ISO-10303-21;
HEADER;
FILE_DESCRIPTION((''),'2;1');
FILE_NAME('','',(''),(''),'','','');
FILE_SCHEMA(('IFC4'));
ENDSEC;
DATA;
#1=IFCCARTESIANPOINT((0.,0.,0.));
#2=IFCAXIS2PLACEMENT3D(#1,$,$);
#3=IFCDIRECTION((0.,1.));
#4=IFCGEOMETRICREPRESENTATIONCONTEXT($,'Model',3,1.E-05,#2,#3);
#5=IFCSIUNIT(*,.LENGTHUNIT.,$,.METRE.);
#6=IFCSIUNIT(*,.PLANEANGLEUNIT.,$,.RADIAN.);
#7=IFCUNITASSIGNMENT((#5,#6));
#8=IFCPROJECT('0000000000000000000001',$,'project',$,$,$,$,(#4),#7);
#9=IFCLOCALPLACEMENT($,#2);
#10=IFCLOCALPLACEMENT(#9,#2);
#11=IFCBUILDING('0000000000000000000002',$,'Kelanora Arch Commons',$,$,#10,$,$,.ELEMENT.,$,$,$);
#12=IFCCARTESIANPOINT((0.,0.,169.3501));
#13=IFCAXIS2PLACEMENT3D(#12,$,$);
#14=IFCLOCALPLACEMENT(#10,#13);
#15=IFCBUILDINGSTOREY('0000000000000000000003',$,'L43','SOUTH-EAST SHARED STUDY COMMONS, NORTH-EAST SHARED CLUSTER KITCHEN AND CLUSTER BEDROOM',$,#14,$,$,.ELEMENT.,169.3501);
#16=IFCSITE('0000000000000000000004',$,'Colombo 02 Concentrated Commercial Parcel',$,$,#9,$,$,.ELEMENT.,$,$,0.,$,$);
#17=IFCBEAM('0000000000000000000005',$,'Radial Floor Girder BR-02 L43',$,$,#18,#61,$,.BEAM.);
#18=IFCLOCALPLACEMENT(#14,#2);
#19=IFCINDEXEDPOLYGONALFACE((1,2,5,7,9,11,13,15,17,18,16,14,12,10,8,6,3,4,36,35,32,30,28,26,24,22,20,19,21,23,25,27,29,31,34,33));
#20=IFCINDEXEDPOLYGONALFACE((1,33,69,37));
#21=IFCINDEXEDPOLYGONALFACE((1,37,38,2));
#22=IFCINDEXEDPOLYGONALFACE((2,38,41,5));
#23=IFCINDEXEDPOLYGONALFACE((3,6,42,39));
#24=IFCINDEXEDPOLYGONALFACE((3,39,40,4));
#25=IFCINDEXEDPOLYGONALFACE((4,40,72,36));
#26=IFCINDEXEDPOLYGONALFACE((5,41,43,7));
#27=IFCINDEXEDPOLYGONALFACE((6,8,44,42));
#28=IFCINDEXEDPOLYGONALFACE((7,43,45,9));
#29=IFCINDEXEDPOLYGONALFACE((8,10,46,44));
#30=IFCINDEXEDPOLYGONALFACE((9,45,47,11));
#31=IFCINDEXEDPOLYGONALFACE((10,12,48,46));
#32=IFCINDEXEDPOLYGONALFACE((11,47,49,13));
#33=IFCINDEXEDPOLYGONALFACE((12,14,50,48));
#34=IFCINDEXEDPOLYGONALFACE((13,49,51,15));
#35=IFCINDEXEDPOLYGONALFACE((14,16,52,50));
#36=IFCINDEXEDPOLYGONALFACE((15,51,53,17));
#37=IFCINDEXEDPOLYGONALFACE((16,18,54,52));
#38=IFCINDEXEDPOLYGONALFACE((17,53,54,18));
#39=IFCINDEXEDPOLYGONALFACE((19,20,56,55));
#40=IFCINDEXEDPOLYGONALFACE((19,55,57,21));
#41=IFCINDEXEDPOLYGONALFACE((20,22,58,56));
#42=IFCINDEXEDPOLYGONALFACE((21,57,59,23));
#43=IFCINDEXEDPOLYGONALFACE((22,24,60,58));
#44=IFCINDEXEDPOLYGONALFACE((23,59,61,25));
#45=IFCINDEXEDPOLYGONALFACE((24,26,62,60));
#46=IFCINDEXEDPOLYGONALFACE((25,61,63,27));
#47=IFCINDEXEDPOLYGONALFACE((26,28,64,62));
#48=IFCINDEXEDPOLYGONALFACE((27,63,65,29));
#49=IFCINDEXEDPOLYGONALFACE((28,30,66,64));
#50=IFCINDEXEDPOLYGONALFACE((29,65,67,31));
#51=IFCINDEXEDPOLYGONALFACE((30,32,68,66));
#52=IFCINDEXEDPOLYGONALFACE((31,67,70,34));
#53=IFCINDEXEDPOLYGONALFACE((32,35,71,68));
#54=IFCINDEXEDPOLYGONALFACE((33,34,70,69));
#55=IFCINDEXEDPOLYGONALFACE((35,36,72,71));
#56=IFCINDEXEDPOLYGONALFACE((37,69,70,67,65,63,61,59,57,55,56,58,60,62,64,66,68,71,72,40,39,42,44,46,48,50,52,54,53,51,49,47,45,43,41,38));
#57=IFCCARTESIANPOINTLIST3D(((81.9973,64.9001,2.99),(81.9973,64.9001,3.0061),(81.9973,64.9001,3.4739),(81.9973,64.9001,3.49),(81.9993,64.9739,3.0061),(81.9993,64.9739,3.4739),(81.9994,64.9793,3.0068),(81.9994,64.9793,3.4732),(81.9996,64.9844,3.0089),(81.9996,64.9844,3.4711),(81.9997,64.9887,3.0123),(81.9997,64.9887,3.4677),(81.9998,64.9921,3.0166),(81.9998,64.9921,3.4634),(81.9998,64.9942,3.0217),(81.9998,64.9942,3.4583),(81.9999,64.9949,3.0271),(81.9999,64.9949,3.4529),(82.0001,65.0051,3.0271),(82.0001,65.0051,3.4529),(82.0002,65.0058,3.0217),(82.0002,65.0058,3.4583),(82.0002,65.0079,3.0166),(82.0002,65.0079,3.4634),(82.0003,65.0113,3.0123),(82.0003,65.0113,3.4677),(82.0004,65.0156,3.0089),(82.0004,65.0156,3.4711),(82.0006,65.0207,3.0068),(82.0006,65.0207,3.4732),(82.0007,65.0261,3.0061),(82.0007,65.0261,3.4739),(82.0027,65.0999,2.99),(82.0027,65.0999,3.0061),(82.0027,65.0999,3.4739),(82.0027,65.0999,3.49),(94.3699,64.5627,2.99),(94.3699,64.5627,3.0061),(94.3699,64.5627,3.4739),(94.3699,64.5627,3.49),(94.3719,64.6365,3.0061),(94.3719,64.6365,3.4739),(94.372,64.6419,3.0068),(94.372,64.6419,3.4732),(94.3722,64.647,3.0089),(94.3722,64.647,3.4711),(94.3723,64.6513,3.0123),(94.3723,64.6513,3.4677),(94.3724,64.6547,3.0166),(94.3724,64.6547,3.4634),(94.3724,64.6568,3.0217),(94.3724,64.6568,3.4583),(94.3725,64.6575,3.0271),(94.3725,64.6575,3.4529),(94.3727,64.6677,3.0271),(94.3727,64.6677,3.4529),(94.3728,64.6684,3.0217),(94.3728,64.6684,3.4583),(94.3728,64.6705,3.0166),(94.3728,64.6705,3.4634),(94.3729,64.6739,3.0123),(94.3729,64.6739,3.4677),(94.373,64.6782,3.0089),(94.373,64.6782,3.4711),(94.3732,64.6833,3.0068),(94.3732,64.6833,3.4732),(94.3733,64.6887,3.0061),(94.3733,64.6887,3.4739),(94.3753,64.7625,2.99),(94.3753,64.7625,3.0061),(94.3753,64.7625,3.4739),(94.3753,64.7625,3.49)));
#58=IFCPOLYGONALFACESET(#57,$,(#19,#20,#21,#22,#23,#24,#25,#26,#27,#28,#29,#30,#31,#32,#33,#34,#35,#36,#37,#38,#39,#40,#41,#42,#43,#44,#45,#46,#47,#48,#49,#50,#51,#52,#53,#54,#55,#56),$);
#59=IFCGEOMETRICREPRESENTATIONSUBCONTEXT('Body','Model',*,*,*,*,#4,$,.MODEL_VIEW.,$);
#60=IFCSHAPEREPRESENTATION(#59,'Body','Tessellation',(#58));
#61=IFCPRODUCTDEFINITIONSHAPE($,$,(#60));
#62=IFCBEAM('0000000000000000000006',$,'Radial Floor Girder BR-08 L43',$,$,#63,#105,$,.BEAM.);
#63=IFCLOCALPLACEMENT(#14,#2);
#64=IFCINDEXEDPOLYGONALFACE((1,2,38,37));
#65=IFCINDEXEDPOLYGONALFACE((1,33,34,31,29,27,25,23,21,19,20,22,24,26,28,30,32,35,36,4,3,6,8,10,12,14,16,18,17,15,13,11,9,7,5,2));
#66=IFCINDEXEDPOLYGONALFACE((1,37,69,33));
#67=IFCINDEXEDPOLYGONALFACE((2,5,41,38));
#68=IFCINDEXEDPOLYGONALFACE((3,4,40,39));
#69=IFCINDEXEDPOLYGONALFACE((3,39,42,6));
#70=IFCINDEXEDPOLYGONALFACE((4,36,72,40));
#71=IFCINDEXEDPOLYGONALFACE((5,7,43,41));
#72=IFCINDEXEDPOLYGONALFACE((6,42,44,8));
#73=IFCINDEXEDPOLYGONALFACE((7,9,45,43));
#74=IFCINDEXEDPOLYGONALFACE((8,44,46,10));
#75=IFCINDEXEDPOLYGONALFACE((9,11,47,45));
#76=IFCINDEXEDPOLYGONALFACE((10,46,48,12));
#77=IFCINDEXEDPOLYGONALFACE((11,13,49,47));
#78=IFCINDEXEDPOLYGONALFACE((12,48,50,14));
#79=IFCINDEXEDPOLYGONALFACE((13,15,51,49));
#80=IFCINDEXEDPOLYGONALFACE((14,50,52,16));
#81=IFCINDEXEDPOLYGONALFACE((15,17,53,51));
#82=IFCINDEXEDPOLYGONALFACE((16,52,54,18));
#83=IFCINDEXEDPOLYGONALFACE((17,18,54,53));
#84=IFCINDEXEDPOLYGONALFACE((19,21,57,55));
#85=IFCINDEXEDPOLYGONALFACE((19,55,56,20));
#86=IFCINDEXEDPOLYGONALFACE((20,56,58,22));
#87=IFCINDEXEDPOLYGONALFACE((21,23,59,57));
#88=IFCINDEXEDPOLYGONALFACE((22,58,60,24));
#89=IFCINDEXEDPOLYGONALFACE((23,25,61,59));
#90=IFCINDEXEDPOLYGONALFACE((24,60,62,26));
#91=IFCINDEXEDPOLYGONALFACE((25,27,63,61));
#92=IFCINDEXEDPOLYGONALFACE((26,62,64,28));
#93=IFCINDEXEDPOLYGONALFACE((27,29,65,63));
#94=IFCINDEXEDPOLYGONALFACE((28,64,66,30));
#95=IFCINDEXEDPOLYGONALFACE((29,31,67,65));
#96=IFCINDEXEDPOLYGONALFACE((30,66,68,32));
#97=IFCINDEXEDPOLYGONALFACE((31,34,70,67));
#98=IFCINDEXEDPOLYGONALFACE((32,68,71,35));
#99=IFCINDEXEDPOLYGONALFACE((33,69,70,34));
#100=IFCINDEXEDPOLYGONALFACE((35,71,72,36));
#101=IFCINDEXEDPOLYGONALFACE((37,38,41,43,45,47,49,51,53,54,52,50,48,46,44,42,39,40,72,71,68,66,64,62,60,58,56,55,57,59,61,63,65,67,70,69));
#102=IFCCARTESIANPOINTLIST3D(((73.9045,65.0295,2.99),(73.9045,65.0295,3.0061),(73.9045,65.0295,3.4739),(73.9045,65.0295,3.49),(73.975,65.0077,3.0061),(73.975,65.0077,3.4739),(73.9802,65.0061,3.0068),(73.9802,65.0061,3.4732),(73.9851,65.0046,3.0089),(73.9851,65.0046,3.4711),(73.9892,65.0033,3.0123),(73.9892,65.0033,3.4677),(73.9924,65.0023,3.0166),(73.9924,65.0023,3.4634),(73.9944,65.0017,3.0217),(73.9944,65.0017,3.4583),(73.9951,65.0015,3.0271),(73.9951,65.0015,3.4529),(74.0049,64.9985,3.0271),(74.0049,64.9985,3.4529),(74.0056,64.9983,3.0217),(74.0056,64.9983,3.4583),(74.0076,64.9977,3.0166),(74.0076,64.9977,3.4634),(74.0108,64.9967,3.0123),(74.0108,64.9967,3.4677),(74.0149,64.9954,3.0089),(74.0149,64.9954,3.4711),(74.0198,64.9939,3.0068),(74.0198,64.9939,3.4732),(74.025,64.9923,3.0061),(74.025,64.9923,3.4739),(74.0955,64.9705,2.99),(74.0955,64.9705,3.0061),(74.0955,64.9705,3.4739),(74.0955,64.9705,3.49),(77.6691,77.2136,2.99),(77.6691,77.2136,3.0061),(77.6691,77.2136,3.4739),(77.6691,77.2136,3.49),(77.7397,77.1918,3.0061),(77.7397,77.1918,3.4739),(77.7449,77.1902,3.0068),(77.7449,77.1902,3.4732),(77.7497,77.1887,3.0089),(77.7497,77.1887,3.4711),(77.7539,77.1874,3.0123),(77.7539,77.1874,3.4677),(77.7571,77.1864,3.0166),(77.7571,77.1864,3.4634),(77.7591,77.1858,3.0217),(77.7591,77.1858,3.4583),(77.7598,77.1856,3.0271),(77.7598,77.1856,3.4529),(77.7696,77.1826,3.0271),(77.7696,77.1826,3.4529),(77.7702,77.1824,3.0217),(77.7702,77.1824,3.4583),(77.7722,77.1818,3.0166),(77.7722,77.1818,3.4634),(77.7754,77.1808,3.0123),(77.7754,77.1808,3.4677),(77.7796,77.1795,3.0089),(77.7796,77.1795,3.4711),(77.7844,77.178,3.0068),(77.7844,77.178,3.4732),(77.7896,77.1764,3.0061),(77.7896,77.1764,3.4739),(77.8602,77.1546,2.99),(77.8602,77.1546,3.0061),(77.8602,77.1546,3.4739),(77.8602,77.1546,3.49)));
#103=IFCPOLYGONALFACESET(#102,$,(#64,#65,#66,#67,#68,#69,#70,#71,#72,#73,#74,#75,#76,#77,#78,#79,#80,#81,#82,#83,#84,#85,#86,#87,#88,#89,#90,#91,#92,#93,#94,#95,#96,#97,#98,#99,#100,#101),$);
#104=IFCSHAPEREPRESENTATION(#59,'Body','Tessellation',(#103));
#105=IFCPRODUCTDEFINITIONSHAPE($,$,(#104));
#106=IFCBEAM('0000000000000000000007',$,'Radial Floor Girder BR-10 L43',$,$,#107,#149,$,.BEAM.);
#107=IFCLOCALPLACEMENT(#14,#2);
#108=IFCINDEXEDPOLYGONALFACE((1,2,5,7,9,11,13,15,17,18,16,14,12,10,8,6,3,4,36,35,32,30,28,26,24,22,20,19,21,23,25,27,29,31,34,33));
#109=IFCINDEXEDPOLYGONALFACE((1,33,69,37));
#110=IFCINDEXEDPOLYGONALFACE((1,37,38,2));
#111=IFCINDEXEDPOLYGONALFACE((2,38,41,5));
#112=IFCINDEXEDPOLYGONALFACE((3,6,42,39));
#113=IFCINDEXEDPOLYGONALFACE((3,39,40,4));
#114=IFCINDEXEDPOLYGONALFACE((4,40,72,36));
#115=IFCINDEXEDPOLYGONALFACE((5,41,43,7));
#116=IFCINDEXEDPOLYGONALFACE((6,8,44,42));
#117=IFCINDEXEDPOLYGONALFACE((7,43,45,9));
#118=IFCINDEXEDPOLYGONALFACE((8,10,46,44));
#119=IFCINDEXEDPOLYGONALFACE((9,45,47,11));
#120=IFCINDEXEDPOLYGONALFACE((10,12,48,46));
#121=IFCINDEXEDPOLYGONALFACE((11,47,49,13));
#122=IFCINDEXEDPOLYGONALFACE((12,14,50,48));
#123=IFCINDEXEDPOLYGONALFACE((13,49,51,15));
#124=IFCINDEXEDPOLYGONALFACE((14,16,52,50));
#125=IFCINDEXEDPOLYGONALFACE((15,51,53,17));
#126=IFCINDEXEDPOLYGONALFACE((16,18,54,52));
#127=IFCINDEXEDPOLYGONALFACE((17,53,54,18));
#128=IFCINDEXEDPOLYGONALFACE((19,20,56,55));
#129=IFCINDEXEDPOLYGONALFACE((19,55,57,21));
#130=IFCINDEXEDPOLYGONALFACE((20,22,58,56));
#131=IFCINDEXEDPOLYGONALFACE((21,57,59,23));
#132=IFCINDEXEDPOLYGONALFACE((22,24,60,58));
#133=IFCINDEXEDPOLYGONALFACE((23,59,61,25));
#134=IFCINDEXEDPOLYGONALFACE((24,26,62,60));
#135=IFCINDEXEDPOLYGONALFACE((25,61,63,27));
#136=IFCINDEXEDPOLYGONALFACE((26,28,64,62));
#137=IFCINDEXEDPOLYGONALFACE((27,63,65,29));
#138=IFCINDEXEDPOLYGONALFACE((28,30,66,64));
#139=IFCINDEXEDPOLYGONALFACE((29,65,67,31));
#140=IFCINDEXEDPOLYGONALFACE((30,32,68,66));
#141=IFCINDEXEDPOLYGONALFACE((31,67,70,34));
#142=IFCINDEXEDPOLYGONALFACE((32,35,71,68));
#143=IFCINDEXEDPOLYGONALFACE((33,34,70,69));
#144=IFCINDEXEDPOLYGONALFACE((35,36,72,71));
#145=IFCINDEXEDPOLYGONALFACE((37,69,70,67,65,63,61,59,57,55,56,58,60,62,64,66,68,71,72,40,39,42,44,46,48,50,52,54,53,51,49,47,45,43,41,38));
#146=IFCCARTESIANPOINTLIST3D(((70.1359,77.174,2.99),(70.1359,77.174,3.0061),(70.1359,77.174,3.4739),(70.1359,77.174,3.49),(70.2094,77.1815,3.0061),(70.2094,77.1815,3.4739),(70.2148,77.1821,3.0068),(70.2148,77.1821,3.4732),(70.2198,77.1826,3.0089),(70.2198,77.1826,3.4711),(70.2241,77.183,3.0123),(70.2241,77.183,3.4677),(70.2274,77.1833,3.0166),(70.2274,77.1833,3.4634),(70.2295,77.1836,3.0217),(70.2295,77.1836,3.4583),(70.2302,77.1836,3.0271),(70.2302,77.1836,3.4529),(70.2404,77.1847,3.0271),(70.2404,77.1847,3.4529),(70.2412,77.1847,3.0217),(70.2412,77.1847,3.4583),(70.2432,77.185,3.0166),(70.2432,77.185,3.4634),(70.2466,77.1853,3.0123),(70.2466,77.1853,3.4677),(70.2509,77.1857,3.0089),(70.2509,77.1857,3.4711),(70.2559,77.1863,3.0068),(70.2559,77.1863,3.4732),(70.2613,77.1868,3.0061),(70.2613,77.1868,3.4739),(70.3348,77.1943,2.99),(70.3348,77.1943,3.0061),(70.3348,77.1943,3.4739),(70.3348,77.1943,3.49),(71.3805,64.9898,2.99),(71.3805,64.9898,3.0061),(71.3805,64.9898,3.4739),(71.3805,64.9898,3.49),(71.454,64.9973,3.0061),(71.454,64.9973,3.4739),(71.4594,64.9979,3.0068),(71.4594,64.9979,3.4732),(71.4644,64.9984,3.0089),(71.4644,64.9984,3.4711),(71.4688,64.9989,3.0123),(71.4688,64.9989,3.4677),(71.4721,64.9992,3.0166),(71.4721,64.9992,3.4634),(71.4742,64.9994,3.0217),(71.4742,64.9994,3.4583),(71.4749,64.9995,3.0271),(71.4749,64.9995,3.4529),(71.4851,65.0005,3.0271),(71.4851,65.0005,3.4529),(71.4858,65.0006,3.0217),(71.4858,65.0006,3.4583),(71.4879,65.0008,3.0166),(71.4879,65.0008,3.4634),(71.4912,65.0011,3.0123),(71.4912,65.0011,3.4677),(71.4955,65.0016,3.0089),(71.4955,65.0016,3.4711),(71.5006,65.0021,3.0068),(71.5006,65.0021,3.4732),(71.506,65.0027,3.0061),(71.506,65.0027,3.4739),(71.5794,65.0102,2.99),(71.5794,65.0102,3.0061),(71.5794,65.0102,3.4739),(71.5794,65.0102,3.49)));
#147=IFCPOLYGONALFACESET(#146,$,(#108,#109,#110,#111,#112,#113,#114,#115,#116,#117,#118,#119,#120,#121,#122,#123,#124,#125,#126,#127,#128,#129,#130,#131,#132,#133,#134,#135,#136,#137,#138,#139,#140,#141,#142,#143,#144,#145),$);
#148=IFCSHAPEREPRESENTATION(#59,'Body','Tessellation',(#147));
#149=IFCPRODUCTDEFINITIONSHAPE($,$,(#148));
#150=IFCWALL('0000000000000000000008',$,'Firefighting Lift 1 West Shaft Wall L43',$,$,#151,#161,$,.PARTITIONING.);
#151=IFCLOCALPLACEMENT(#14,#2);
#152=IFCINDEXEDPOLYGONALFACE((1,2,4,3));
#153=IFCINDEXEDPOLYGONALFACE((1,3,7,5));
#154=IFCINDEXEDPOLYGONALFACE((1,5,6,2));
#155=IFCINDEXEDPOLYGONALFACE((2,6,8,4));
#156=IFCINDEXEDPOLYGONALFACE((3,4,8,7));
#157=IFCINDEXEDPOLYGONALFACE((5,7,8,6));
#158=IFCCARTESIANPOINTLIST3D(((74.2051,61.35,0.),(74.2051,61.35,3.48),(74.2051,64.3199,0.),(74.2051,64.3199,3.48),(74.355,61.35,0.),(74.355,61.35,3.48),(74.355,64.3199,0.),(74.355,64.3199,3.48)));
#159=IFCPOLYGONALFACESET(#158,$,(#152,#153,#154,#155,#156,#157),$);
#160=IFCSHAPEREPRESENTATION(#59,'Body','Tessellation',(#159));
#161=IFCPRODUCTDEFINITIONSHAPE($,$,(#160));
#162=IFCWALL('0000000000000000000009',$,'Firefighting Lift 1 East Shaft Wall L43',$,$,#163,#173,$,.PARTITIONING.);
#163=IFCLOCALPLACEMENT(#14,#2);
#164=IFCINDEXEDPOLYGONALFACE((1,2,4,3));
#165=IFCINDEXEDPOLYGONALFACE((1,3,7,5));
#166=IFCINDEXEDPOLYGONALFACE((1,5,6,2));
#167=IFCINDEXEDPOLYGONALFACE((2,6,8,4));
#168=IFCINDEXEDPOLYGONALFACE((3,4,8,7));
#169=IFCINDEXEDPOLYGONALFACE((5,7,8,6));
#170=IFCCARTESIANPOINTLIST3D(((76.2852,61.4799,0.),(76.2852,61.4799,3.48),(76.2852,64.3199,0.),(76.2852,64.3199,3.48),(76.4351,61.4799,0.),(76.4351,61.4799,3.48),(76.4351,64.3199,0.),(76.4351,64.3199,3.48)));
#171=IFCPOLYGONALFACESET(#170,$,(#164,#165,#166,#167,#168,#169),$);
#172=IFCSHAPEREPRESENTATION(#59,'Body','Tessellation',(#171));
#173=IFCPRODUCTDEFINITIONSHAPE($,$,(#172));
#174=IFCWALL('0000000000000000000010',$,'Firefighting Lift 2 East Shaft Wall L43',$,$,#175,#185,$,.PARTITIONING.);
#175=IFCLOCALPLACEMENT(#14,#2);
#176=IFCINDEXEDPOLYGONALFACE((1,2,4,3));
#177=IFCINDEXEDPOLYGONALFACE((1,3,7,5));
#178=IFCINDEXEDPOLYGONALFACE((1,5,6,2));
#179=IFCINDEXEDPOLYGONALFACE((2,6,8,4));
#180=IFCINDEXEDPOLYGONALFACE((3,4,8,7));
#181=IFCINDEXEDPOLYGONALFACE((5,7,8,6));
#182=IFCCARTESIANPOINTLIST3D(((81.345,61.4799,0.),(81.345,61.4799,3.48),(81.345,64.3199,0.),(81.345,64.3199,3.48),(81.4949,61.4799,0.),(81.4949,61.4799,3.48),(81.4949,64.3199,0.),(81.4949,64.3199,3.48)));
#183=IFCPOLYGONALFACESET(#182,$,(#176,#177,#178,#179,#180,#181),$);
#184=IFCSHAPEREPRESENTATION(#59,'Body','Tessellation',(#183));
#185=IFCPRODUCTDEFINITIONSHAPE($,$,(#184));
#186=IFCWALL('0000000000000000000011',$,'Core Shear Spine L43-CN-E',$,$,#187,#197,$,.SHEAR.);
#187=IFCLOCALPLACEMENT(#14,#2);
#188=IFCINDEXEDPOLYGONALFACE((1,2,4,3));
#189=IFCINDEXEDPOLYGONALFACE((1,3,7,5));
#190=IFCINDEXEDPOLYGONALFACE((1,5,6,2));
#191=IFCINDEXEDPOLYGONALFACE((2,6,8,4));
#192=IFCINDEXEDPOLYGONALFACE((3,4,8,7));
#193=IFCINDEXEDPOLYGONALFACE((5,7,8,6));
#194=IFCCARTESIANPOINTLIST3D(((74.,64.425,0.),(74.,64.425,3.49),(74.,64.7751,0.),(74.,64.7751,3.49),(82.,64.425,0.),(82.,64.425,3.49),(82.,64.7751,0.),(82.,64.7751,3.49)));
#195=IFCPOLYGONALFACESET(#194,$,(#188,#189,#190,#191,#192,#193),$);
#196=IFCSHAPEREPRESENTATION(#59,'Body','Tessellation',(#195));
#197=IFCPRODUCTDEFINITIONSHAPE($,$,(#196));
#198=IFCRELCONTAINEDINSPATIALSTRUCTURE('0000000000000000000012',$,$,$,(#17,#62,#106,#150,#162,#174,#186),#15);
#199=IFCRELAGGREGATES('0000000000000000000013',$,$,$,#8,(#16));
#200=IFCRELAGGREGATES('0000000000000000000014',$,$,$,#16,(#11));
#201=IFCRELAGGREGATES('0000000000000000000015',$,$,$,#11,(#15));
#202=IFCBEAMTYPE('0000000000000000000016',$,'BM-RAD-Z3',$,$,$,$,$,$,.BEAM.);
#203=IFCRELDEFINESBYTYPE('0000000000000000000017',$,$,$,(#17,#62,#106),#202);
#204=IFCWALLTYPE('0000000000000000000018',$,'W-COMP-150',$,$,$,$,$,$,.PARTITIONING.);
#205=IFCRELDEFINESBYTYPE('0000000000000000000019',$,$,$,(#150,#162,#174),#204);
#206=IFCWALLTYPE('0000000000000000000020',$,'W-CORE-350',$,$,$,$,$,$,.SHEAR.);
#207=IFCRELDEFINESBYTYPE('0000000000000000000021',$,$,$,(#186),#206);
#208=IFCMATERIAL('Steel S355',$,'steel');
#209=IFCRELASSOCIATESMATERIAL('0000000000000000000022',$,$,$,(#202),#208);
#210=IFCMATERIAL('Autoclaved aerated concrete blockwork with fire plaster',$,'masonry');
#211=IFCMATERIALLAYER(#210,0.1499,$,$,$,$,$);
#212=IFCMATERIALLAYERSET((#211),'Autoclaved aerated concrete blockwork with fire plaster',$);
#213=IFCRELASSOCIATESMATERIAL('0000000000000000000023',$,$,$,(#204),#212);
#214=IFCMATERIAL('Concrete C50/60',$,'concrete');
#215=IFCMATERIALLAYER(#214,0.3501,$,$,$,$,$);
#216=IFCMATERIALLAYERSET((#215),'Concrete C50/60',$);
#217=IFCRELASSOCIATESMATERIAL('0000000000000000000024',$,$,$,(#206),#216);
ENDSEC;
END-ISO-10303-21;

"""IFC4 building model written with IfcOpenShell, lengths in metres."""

from ifc_helpers import new_model, si_unit, direction, frame, frame_2d, origin, origin_2d, place, context, subcontext, project, spatial, rectangle, i_section, extrude, material, layer, layer_set, material_profile, profile_set, type_object, element, save


model = new_model("IFC4")

# Units and contexts
model_context = context("Model", 3, precision=1e-05, world=origin(), true_north=direction((0.0, 1.0)))
body_context = subcontext(model_context, "Body", "Model", "MODEL_VIEW")
ifc_project = project(units=[si_unit("LENGTHUNIT", "METRE"), si_unit("PLANEANGLEUNIT", "RADIAN")], contexts=[model_context])

# Site, building, storey
site_placement = place(None, origin())
site = spatial("IfcSite", under=ifc_project, at=site_placement, Name="Colombo 02 Concentrated Commercial Parcel", CompositionType="ELEMENT", RefElevation=0.0)
building_placement = place(site_placement, origin())
building = spatial("IfcBuilding", under=site, at=building_placement, Name="Kelanora Arch Commons", CompositionType="ELEMENT")
storey_placement = place(building_placement, frame((0.0, 0.0, 169.3501)))
storey = spatial("IfcBuildingStorey", under=building, at=storey_placement, Name="L43", Description="SOUTH-EAST SHARED STUDY COMMONS, NORTH-EAST SHARED CLUSTER KITCHEN AND CLUSTER BEDROOM", CompositionType="ELEMENT", Elevation=169.3501)

# Beams
ifc_material_1 = material(Name="Steel S355", Category="steel")
ifc_material_profile_1 = material_profile(ifc_material_1, i_section(OverallWidth=0.2, OverallDepth=0.5, WebThickness=0.0103, FlangeThickness=0.0161, FilletRadius=0.021, at=origin_2d()), Name="IPE500")
ifc_profile_set_1 = profile_set([ifc_material_profile_1], Name="Steel S355")
beam_type_1 = type_object("IfcBeamType", Name="BM-RAD-Z3", PredefinedType="BEAM", material=ifc_profile_set_1)
beam_1_placement = place(storey_placement, frame((82.0, 65.0, 3.24), z_axis=(0.999628, -0.02726, 0.0), x_axis=(0.02726, 0.999628, 0.0)))
element("IfcBeam", 1, at=beam_1_placement, inside=storey, type_object=beam_type_1, Name="Radial Floor Girder BR-02 L43", PredefinedType="BEAM", context=body_context, shape_type="SweptSolid", body=[
    extrude(i_section(OverallWidth=0.2, OverallDepth=0.5, WebThickness=0.0103, FlangeThickness=0.0161, FilletRadius=0.021, at=origin_2d()), origin(), (0.0, 0.0, 1.0), 12.3772),
])
beam_2_placement = place(storey_placement, frame((74.0, 65.0, 3.24), z_axis=(0.29521, 0.955432, 0.0), x_axis=(-0.955432, 0.29521, 0.0)))
element("IfcBeam", 2, at=beam_2_placement, inside=storey, type_object=beam_type_1, Name="Radial Floor Girder BR-08 L43", PredefinedType="BEAM", context=body_context, shape_type="SweptSolid", body=[
    extrude(i_section(OverallWidth=0.2, OverallDepth=0.5, WebThickness=0.0103, FlangeThickness=0.0161, FilletRadius=0.021, at=origin_2d()), origin(), (0.0, 0.0, 1.0), 12.7524),
])
beam_3_placement = place(storey_placement, frame((71.48, 65.0, 3.24), z_axis=(-0.101623, 0.994823, 0.0), x_axis=(-0.994823, -0.101623, 0.0)))
element("IfcBeam", 3, at=beam_3_placement, inside=storey, type_object=beam_type_1, Name="Radial Floor Girder BR-10 L43", PredefinedType="BEAM", context=body_context, shape_type="SweptSolid", body=[
    extrude(i_section(OverallWidth=0.2, OverallDepth=0.5, WebThickness=0.0103, FlangeThickness=0.0161, FilletRadius=0.021, at=origin_2d()), origin(), (0.0, 0.0, 1.0), 12.2476),
])

# Walls
ifc_material_2 = material(Name="Autoclaved aerated concrete blockwork with fire plaster", Category="masonry")
ifc_layer_1 = layer(ifc_material_2, 0.1499)
ifc_layer_set_1 = layer_set([ifc_layer_1], Name="Autoclaved aerated concrete blockwork with fire plaster")
wall_type_1 = type_object("IfcWallType", Name="W-COMP-150", PredefinedType="PARTITIONING", material=ifc_layer_set_1)
wall_1_placement = place(storey_placement, frame((74.28, 61.3501, 0.0), z_axis=(0.0, 0.0, 1.0), x_axis=(0.0, 1.0, 0.0)))
element("IfcWall", 4, at=wall_1_placement, inside=storey, type_object=wall_type_1, Name="Firefighting Lift 1 West Shaft Wall L43", PredefinedType="PARTITIONING", context=body_context, shape_type="SweptSolid", body=[
    extrude(rectangle(XDim=2.97, YDim=0.1499, at=frame_2d((1.4849, 0.0))), origin(), (0.0, 0.0, 1.0), 3.48),
])
for number, where, z_axis, x_axis, name in (
    (5, (76.3601, 61.48, 0.0), (0.0, 0.0, 1.0), (0.0, 1.0, 0.0), "Firefighting Lift 1 East Shaft Wall L43"),
    (6, (81.4199, 61.48, 0.0), (0.0, 0.0, 1.0), (0.0, 1.0, 0.0), "Firefighting Lift 2 East Shaft Wall L43"),
):
    element("IfcWall", number, at=place(storey_placement, frame(where, z_axis=z_axis, x_axis=x_axis)), inside=storey, type_object=wall_type_1, Name=name, PredefinedType="PARTITIONING", context=body_context, shape_type="SweptSolid", body=[
        extrude(rectangle(XDim=2.8401, YDim=0.1499, at=frame_2d((1.4199, 0.0))), origin(), (0.0, 0.0, 1.0), 3.48),
    ])
ifc_material_3 = material(Name="Concrete C50/60", Category="concrete")
ifc_layer_2 = layer(ifc_material_3, 0.3501)
ifc_layer_set_2 = layer_set([ifc_layer_2], Name="Concrete C50/60")
wall_type_2 = type_object("IfcWallType", Name="W-CORE-350", PredefinedType="SHEAR", material=ifc_layer_set_2)
wall_2_placement = place(storey_placement, frame((74.0, 64.6001, 0.0), z_axis=(0.0, 0.0, 1.0), x_axis=(1.0, 0.0, 0.0)))
element("IfcWall", 7, at=wall_2_placement, inside=storey, type_object=wall_type_2, Name="Core Shear Spine L43-CN-E", PredefinedType="SHEAR", context=body_context, shape_type="SweptSolid", body=[
    extrude(rectangle(XDim=8.0, YDim=0.3501, at=frame_2d((4.0, 0.0))), origin(), (0.0, 0.0, 1.0), 3.49),
])

save(model, "model.ifc")
